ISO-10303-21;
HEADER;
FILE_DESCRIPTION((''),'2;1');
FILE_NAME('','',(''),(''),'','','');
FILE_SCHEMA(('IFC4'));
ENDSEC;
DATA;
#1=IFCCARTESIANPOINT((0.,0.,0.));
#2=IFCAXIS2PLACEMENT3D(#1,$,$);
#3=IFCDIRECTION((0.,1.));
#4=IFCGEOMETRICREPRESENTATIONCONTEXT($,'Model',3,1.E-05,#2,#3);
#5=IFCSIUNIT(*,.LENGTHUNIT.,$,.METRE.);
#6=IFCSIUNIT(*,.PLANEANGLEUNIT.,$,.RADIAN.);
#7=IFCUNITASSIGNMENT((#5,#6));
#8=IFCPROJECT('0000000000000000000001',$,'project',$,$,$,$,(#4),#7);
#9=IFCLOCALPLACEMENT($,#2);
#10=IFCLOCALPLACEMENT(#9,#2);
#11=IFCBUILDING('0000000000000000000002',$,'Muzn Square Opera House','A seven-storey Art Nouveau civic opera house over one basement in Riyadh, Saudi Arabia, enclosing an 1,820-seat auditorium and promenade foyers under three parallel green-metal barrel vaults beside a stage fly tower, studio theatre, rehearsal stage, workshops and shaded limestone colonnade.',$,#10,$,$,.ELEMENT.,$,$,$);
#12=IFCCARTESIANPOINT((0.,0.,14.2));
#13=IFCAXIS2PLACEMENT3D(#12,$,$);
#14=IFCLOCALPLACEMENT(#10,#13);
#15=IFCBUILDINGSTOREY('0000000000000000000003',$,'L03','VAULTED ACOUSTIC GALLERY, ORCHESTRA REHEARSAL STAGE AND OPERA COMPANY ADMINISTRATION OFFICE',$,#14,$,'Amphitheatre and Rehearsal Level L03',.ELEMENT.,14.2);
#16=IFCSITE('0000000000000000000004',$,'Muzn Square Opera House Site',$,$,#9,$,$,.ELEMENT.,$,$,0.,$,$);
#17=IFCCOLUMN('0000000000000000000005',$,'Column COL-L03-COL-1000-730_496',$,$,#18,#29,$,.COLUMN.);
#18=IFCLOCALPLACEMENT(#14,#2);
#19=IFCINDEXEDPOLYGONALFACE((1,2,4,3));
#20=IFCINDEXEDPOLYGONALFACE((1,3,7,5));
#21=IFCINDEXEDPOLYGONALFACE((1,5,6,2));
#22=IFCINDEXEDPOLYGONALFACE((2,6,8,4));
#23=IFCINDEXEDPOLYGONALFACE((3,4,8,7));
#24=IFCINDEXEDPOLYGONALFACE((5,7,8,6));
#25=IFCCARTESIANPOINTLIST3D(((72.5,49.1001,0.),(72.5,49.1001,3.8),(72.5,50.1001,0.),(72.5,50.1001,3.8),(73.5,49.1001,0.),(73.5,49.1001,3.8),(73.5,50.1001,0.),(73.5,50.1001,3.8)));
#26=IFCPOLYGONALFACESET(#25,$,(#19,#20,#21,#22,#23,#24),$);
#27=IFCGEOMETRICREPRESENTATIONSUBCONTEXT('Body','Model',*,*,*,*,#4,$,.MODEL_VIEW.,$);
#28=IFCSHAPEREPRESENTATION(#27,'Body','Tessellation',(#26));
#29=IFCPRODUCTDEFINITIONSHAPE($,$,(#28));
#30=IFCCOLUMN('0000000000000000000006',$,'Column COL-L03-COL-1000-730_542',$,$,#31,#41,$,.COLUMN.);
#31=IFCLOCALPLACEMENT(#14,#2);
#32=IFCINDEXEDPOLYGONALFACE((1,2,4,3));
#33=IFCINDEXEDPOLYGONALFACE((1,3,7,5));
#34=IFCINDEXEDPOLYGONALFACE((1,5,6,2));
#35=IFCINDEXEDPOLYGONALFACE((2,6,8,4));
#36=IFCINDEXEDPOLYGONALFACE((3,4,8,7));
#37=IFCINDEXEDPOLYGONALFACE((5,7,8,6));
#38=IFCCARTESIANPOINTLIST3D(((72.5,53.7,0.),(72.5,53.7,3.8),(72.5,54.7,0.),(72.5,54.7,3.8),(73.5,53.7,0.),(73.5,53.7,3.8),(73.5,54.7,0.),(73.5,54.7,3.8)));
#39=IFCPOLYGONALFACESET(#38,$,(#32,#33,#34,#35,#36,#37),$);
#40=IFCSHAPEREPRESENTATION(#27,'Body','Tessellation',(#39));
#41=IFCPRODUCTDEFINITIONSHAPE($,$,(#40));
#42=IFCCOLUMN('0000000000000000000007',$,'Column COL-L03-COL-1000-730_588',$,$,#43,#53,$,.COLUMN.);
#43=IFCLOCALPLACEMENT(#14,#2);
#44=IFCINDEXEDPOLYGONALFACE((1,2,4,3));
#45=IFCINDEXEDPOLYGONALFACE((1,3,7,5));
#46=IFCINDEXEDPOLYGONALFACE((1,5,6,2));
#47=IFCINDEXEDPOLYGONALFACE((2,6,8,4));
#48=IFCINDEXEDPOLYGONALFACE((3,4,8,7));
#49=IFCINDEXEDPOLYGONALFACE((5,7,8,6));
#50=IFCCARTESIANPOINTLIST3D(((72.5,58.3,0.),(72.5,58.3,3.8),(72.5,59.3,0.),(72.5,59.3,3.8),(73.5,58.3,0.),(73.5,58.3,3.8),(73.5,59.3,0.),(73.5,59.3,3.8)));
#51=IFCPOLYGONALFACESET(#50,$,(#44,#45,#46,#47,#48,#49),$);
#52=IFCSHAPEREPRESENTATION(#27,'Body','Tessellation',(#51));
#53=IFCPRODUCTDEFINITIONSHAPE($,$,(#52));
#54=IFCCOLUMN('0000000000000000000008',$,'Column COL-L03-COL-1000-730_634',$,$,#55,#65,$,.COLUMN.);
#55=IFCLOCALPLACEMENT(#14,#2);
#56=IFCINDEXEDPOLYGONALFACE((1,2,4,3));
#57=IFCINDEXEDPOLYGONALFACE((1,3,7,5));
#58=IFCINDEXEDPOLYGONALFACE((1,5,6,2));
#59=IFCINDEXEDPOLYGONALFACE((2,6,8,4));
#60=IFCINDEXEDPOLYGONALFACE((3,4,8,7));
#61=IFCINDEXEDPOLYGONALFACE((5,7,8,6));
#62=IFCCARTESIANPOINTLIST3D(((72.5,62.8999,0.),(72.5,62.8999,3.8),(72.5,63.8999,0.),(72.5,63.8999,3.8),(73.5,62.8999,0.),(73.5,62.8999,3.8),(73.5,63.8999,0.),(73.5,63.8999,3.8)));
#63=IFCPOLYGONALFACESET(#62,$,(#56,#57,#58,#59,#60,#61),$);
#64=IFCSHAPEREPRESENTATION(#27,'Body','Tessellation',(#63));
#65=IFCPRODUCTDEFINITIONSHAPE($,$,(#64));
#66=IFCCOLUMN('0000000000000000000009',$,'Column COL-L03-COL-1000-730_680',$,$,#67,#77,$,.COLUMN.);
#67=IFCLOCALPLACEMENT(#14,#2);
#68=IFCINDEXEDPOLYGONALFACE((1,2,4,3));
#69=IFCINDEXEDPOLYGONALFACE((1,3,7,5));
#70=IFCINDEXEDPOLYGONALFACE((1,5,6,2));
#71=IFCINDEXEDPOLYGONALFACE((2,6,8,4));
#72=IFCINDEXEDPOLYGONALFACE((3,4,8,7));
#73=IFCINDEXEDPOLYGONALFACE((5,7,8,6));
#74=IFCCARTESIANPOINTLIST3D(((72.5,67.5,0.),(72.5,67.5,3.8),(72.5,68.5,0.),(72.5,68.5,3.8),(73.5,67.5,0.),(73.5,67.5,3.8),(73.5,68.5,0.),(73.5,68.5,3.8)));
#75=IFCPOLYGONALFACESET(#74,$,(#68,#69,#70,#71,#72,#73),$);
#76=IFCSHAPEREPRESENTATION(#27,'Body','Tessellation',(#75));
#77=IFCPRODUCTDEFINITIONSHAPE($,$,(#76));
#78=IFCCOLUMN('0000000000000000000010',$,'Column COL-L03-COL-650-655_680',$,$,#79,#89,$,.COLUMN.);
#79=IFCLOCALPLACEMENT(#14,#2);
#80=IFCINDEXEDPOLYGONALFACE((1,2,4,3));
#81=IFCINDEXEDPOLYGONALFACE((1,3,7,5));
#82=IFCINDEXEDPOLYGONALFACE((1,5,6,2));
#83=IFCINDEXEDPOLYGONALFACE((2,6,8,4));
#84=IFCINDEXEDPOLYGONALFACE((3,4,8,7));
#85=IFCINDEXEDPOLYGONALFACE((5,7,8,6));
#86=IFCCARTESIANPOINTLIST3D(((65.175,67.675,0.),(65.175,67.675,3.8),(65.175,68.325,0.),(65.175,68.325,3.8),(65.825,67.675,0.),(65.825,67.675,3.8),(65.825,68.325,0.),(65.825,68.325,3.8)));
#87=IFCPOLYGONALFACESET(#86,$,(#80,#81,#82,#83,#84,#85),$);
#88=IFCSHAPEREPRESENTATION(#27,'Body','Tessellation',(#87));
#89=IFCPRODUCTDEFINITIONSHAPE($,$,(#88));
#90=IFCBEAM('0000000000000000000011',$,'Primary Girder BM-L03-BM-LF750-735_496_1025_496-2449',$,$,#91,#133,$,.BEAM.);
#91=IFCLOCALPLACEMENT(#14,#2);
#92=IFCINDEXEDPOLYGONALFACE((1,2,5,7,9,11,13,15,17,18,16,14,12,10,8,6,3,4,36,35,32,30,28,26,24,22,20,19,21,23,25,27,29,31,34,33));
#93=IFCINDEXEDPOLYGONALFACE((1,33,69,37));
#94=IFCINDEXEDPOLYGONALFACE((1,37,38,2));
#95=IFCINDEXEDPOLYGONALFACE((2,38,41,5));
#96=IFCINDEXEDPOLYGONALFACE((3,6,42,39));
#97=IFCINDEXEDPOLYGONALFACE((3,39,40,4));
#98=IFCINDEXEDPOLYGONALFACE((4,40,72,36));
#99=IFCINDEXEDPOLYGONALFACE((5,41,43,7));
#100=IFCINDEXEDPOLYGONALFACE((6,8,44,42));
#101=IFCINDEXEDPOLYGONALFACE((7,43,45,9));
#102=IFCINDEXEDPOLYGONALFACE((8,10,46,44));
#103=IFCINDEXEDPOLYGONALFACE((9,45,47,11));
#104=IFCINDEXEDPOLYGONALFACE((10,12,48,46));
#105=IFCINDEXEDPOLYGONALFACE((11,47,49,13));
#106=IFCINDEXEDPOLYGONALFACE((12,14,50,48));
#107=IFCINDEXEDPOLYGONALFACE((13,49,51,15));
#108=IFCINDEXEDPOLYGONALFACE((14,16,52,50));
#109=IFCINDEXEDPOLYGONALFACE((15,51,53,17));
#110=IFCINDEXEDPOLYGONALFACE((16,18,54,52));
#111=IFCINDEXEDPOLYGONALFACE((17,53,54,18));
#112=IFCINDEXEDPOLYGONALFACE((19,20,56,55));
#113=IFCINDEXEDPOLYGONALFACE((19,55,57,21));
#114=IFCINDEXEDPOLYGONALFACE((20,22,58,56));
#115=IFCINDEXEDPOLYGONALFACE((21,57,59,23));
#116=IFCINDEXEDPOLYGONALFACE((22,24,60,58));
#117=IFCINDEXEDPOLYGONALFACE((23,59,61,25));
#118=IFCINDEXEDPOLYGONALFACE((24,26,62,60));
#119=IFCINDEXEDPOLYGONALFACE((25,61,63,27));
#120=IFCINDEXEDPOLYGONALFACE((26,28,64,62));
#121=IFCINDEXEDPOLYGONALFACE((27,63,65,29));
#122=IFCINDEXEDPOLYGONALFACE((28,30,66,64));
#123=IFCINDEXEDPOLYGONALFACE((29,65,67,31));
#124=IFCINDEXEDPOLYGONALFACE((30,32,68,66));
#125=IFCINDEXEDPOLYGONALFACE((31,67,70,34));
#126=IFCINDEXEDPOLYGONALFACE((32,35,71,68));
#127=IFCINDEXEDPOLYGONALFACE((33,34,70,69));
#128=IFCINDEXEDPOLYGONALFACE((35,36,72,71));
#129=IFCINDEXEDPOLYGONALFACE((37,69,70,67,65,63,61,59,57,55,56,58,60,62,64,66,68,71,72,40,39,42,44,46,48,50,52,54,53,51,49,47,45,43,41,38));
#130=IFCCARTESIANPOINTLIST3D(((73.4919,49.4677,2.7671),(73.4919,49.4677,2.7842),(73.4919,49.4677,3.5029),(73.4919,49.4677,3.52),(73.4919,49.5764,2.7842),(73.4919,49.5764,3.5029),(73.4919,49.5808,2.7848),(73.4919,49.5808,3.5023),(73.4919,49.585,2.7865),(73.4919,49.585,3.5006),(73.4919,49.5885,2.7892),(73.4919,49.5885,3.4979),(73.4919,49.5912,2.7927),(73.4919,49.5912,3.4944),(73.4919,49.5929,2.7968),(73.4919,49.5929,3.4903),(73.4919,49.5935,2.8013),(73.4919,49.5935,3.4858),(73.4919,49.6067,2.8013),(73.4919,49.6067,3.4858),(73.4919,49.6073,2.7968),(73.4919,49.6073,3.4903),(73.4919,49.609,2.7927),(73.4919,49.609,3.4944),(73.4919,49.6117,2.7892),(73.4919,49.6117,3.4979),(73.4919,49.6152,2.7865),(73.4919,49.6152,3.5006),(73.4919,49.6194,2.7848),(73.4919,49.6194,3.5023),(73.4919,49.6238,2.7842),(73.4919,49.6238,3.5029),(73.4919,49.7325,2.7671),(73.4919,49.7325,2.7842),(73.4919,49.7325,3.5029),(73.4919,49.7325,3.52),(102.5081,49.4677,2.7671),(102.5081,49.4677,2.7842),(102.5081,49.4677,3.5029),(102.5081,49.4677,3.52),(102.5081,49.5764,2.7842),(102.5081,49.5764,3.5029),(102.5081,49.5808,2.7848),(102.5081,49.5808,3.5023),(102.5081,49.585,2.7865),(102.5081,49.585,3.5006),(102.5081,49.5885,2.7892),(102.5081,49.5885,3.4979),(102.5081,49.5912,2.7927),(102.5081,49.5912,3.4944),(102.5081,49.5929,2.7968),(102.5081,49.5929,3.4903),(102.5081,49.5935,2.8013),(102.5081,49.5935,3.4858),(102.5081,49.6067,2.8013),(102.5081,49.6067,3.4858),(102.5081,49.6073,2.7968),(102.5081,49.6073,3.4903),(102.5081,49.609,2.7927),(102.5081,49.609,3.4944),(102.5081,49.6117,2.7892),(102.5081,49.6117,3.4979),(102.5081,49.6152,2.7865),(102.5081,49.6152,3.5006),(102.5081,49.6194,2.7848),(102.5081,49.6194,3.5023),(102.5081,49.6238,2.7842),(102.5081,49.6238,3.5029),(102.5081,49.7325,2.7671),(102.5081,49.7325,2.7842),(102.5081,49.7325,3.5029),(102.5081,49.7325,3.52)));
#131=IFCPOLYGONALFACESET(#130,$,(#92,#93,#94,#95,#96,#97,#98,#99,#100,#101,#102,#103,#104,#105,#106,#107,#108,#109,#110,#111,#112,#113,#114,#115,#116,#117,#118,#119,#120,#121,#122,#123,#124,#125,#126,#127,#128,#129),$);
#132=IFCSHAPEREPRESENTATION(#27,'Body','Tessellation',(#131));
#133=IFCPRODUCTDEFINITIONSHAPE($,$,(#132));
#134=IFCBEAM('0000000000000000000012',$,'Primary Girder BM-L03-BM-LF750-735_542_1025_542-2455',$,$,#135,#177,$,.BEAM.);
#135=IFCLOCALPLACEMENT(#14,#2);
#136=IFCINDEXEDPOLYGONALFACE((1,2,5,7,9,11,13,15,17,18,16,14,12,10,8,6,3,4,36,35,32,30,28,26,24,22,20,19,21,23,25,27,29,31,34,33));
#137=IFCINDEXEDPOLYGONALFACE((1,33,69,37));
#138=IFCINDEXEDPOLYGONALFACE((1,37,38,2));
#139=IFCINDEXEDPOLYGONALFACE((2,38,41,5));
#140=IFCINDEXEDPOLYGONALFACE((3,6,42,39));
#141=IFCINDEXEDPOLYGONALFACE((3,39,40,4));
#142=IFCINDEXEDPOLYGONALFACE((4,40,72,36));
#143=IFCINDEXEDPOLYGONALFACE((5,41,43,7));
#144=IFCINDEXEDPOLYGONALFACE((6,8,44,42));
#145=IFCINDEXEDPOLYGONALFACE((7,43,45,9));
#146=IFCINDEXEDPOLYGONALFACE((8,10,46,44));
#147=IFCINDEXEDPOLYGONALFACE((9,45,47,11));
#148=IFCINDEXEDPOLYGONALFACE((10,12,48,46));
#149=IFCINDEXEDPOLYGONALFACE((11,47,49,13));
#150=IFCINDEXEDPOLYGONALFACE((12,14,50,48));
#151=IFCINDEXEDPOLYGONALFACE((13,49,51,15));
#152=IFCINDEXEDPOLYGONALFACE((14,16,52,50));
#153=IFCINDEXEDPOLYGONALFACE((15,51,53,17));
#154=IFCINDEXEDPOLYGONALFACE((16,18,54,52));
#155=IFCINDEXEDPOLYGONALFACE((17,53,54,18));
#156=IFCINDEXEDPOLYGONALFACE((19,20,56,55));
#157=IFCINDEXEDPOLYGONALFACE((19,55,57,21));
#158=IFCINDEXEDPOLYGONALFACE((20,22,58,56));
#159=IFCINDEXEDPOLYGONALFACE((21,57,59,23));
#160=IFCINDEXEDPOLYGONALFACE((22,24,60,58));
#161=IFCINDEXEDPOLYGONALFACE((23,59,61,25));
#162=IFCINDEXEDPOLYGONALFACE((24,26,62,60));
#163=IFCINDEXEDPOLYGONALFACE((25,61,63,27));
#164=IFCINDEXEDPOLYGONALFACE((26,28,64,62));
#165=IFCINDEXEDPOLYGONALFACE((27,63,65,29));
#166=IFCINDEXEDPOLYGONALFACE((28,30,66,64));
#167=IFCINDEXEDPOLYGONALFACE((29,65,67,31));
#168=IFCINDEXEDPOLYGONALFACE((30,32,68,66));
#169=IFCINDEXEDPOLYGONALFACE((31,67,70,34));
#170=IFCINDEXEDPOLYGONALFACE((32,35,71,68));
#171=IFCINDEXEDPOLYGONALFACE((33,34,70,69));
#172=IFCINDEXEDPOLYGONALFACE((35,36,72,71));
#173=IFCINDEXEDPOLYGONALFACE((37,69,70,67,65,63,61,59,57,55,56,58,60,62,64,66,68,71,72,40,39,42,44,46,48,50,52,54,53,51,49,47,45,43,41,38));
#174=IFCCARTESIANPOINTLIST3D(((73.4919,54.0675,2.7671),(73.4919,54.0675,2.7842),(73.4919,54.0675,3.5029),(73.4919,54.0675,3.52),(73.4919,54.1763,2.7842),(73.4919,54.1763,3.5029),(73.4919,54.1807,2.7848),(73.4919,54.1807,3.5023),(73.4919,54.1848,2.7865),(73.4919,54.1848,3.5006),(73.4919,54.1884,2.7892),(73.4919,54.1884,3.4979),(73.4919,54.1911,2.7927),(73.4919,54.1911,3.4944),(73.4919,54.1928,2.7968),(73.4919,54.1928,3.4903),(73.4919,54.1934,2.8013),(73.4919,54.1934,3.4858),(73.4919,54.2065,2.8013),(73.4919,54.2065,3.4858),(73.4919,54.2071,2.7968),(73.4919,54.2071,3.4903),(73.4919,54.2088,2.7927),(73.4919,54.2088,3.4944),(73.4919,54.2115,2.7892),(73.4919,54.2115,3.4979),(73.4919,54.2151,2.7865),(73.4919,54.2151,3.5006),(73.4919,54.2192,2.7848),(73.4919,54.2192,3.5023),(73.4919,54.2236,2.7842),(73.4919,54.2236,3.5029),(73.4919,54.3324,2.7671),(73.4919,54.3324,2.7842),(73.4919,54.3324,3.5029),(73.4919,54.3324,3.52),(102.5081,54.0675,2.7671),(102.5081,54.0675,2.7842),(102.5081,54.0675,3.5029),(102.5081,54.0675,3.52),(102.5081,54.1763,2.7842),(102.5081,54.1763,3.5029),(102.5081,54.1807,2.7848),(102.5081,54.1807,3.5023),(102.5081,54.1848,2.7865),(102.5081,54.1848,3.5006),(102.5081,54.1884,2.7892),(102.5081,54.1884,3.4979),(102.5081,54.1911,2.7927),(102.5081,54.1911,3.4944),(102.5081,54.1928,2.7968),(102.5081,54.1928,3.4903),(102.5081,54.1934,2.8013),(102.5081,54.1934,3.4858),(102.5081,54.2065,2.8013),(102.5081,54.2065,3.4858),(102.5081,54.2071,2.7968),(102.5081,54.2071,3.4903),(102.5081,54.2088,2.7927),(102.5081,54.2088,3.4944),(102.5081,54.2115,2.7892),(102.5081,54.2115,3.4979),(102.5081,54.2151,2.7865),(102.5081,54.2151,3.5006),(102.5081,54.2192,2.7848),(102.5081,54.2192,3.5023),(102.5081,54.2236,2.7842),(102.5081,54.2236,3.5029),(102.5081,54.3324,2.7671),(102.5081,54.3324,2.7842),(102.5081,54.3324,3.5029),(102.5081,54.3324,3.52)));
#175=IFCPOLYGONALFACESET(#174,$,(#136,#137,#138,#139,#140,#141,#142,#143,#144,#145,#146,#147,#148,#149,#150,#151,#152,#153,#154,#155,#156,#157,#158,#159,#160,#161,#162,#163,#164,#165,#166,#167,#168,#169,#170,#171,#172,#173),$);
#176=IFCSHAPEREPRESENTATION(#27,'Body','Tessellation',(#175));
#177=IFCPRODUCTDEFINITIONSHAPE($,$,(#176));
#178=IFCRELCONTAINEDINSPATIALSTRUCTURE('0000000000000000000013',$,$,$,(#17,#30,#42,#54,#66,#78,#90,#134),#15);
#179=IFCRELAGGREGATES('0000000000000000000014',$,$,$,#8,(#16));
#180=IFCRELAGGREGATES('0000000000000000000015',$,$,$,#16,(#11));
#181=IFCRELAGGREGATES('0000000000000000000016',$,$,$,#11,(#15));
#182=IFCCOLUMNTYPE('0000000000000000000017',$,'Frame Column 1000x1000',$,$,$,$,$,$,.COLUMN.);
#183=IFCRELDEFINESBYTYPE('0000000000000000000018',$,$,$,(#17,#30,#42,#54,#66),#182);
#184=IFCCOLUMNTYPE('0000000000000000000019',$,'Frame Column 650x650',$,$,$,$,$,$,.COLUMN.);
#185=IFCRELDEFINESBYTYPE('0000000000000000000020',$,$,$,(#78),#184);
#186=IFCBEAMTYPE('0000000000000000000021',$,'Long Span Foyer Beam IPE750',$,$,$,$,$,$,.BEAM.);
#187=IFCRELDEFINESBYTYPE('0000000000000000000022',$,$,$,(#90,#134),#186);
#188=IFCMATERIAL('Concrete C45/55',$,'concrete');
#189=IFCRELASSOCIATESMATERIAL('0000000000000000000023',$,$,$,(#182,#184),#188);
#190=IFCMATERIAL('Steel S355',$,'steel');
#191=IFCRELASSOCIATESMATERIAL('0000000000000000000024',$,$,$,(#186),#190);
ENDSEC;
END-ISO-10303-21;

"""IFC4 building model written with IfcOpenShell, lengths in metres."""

from ifc_helpers import new_model, si_unit, direction, frame, origin, origin_2d, place, context, subcontext, project, spatial, rectangle, i_section, extrude, material, material_profile, profile_set, type_object, element, save


model = new_model("IFC4")

# Units and contexts
model_context = context("Model", 3, precision=1e-05, world=origin(), true_north=direction((0.0, 1.0)))
body_context = subcontext(model_context, "Body", "Model", "MODEL_VIEW")
ifc_project = project(units=[si_unit("LENGTHUNIT", "METRE"), si_unit("PLANEANGLEUNIT", "RADIAN")], contexts=[model_context])

# Site, building, storey
site_placement = place(None, origin())
site = spatial("IfcSite", under=ifc_project, at=site_placement, Name="Muzn Square Opera House Site", CompositionType="ELEMENT", RefElevation=0.0)
building_placement = place(site_placement, origin())
building = spatial("IfcBuilding", under=site, at=building_placement, Name="Muzn Square Opera House", Description="A seven-storey Art Nouveau civic opera house over one basement in Riyadh, Saudi Arabia, enclosing an 1,820-seat auditorium and promenade foyers under three parallel green-metal barrel vaults beside a stage fly tower, studio theatre, rehearsal stage, workshops and shaded limestone colonnade.", CompositionType="ELEMENT")
storey_placement = place(building_placement, frame((0.0, 0.0, 14.2)))
storey = spatial("IfcBuildingStorey", under=building, at=storey_placement, Name="L03", Description="VAULTED ACOUSTIC GALLERY, ORCHESTRA REHEARSAL STAGE AND OPERA COMPANY ADMINISTRATION OFFICE", LongName="Amphitheatre and Rehearsal Level L03", CompositionType="ELEMENT", Elevation=14.2)

# Columns
ifc_material_1 = material(Name="Concrete C45/55", Category="concrete")
ifc_material_profile_1 = material_profile(ifc_material_1, rectangle(XDim=1.0, YDim=1.0, at=origin_2d()), Name="RC 1000x1000", Category="concrete")
ifc_profile_set_1 = profile_set([ifc_material_profile_1], Name="Concrete C45/55")
column_type_1 = type_object("IfcColumnType", Name="Frame Column 1000x1000", PredefinedType="COLUMN", material=ifc_profile_set_1)
for number, where, z_axis, x_axis, name in (
    (1, (73.0, 49.6001, 0.0), (0.0, 0.0, 1.0), (1.0, 0.0, 0.0), "Column COL-L03-COL-1000-730_496"),
    (2, (73.0, 54.2, 0.0), (0.0, 0.0, 1.0), (1.0, 0.0, 0.0), "Column COL-L03-COL-1000-730_542"),
    (3, (73.0, 58.8, 0.0), (0.0, 0.0, 1.0), (1.0, 0.0, 0.0), "Column COL-L03-COL-1000-730_588"),
    (4, (73.0, 63.3999, 0.0), (0.0, 0.0, 1.0), (1.0, 0.0, 0.0), "Column COL-L03-COL-1000-730_634"),
    (5, (73.0, 68.0, 0.0), (0.0, 0.0, 1.0), (1.0, 0.0, 0.0), "Column COL-L03-COL-1000-730_680"),
):
    element("IfcColumn", number, at=place(storey_placement, frame(where, z_axis=z_axis, x_axis=x_axis)), inside=storey, type_object=column_type_1, Name=name, PredefinedType="COLUMN", context=body_context, shape_type="SweptSolid", body=[
        extrude(rectangle(XDim=1.0, YDim=1.0, at=origin_2d()), origin(), (0.0, 0.0, 1.0), 3.8),
    ])
ifc_material_profile_2 = material_profile(ifc_material_1, rectangle(XDim=0.6499, YDim=0.6499, at=origin_2d()), Name="RC 650x650", Category="concrete")
ifc_profile_set_2 = profile_set([ifc_material_profile_2], Name="Concrete C45/55")
column_type_2 = type_object("IfcColumnType", Name="Frame Column 650x650", PredefinedType="COLUMN", material=ifc_profile_set_2)
column_placement = place(storey_placement, frame((65.5, 68.0, 0.0), z_axis=(0.0, 0.0, 1.0), x_axis=(1.0, 0.0, 0.0)))
element("IfcColumn", 6, at=column_placement, inside=storey, type_object=column_type_2, Name="Column COL-L03-COL-650-655_680", PredefinedType="COLUMN", context=body_context, shape_type="SweptSolid", body=[
    extrude(rectangle(XDim=0.6499, YDim=0.6499, at=origin_2d()), origin(), (0.0, 0.0, 1.0), 3.8),
])

# Beams
ifc_material_2 = material(Name="Steel S355", Category="steel")
ifc_material_profile_3 = material_profile(ifc_material_2, i_section(OverallWidth=0.2649, OverallDepth=0.7529, WebThickness=0.0132, FlangeThickness=0.0171, FilletRadius=0.0171, at=origin_2d()), Name="IPE 750x147", Category="steel")
ifc_profile_set_3 = profile_set([ifc_material_profile_3], Name="Steel S355")
beam_type_1 = type_object("IfcBeamType", Name="Long Span Foyer Beam IPE750", PredefinedType="BEAM", material=ifc_profile_set_3)
for number, where, z_axis, x_axis, name in (
    (7, (73.4919, 49.6001, 3.1436), (1.0, 0.0, 0.0), (0.0, 1.0, 0.0), "Primary Girder BM-L03-BM-LF750-735_496_1025_496-2449"),
    (8, (73.4919, 54.2, 3.1436), (1.0, 0.0, 0.0), (0.0, 1.0, 0.0), "Primary Girder BM-L03-BM-LF750-735_542_1025_542-2455"),
):
    element("IfcBeam", number, at=place(storey_placement, frame(where, z_axis=z_axis, x_axis=x_axis)), inside=storey, type_object=beam_type_1, Name=name, PredefinedType="BEAM", context=body_context, shape_type="SweptSolid", body=[
        extrude(i_section(OverallWidth=0.2649, OverallDepth=0.7529, WebThickness=0.0132, FlangeThickness=0.0171, FilletRadius=0.0171, at=origin_2d()), origin(), (0.0, 0.0, 1.0), 29.0161),
    ])

save(model, "model.ifc")
